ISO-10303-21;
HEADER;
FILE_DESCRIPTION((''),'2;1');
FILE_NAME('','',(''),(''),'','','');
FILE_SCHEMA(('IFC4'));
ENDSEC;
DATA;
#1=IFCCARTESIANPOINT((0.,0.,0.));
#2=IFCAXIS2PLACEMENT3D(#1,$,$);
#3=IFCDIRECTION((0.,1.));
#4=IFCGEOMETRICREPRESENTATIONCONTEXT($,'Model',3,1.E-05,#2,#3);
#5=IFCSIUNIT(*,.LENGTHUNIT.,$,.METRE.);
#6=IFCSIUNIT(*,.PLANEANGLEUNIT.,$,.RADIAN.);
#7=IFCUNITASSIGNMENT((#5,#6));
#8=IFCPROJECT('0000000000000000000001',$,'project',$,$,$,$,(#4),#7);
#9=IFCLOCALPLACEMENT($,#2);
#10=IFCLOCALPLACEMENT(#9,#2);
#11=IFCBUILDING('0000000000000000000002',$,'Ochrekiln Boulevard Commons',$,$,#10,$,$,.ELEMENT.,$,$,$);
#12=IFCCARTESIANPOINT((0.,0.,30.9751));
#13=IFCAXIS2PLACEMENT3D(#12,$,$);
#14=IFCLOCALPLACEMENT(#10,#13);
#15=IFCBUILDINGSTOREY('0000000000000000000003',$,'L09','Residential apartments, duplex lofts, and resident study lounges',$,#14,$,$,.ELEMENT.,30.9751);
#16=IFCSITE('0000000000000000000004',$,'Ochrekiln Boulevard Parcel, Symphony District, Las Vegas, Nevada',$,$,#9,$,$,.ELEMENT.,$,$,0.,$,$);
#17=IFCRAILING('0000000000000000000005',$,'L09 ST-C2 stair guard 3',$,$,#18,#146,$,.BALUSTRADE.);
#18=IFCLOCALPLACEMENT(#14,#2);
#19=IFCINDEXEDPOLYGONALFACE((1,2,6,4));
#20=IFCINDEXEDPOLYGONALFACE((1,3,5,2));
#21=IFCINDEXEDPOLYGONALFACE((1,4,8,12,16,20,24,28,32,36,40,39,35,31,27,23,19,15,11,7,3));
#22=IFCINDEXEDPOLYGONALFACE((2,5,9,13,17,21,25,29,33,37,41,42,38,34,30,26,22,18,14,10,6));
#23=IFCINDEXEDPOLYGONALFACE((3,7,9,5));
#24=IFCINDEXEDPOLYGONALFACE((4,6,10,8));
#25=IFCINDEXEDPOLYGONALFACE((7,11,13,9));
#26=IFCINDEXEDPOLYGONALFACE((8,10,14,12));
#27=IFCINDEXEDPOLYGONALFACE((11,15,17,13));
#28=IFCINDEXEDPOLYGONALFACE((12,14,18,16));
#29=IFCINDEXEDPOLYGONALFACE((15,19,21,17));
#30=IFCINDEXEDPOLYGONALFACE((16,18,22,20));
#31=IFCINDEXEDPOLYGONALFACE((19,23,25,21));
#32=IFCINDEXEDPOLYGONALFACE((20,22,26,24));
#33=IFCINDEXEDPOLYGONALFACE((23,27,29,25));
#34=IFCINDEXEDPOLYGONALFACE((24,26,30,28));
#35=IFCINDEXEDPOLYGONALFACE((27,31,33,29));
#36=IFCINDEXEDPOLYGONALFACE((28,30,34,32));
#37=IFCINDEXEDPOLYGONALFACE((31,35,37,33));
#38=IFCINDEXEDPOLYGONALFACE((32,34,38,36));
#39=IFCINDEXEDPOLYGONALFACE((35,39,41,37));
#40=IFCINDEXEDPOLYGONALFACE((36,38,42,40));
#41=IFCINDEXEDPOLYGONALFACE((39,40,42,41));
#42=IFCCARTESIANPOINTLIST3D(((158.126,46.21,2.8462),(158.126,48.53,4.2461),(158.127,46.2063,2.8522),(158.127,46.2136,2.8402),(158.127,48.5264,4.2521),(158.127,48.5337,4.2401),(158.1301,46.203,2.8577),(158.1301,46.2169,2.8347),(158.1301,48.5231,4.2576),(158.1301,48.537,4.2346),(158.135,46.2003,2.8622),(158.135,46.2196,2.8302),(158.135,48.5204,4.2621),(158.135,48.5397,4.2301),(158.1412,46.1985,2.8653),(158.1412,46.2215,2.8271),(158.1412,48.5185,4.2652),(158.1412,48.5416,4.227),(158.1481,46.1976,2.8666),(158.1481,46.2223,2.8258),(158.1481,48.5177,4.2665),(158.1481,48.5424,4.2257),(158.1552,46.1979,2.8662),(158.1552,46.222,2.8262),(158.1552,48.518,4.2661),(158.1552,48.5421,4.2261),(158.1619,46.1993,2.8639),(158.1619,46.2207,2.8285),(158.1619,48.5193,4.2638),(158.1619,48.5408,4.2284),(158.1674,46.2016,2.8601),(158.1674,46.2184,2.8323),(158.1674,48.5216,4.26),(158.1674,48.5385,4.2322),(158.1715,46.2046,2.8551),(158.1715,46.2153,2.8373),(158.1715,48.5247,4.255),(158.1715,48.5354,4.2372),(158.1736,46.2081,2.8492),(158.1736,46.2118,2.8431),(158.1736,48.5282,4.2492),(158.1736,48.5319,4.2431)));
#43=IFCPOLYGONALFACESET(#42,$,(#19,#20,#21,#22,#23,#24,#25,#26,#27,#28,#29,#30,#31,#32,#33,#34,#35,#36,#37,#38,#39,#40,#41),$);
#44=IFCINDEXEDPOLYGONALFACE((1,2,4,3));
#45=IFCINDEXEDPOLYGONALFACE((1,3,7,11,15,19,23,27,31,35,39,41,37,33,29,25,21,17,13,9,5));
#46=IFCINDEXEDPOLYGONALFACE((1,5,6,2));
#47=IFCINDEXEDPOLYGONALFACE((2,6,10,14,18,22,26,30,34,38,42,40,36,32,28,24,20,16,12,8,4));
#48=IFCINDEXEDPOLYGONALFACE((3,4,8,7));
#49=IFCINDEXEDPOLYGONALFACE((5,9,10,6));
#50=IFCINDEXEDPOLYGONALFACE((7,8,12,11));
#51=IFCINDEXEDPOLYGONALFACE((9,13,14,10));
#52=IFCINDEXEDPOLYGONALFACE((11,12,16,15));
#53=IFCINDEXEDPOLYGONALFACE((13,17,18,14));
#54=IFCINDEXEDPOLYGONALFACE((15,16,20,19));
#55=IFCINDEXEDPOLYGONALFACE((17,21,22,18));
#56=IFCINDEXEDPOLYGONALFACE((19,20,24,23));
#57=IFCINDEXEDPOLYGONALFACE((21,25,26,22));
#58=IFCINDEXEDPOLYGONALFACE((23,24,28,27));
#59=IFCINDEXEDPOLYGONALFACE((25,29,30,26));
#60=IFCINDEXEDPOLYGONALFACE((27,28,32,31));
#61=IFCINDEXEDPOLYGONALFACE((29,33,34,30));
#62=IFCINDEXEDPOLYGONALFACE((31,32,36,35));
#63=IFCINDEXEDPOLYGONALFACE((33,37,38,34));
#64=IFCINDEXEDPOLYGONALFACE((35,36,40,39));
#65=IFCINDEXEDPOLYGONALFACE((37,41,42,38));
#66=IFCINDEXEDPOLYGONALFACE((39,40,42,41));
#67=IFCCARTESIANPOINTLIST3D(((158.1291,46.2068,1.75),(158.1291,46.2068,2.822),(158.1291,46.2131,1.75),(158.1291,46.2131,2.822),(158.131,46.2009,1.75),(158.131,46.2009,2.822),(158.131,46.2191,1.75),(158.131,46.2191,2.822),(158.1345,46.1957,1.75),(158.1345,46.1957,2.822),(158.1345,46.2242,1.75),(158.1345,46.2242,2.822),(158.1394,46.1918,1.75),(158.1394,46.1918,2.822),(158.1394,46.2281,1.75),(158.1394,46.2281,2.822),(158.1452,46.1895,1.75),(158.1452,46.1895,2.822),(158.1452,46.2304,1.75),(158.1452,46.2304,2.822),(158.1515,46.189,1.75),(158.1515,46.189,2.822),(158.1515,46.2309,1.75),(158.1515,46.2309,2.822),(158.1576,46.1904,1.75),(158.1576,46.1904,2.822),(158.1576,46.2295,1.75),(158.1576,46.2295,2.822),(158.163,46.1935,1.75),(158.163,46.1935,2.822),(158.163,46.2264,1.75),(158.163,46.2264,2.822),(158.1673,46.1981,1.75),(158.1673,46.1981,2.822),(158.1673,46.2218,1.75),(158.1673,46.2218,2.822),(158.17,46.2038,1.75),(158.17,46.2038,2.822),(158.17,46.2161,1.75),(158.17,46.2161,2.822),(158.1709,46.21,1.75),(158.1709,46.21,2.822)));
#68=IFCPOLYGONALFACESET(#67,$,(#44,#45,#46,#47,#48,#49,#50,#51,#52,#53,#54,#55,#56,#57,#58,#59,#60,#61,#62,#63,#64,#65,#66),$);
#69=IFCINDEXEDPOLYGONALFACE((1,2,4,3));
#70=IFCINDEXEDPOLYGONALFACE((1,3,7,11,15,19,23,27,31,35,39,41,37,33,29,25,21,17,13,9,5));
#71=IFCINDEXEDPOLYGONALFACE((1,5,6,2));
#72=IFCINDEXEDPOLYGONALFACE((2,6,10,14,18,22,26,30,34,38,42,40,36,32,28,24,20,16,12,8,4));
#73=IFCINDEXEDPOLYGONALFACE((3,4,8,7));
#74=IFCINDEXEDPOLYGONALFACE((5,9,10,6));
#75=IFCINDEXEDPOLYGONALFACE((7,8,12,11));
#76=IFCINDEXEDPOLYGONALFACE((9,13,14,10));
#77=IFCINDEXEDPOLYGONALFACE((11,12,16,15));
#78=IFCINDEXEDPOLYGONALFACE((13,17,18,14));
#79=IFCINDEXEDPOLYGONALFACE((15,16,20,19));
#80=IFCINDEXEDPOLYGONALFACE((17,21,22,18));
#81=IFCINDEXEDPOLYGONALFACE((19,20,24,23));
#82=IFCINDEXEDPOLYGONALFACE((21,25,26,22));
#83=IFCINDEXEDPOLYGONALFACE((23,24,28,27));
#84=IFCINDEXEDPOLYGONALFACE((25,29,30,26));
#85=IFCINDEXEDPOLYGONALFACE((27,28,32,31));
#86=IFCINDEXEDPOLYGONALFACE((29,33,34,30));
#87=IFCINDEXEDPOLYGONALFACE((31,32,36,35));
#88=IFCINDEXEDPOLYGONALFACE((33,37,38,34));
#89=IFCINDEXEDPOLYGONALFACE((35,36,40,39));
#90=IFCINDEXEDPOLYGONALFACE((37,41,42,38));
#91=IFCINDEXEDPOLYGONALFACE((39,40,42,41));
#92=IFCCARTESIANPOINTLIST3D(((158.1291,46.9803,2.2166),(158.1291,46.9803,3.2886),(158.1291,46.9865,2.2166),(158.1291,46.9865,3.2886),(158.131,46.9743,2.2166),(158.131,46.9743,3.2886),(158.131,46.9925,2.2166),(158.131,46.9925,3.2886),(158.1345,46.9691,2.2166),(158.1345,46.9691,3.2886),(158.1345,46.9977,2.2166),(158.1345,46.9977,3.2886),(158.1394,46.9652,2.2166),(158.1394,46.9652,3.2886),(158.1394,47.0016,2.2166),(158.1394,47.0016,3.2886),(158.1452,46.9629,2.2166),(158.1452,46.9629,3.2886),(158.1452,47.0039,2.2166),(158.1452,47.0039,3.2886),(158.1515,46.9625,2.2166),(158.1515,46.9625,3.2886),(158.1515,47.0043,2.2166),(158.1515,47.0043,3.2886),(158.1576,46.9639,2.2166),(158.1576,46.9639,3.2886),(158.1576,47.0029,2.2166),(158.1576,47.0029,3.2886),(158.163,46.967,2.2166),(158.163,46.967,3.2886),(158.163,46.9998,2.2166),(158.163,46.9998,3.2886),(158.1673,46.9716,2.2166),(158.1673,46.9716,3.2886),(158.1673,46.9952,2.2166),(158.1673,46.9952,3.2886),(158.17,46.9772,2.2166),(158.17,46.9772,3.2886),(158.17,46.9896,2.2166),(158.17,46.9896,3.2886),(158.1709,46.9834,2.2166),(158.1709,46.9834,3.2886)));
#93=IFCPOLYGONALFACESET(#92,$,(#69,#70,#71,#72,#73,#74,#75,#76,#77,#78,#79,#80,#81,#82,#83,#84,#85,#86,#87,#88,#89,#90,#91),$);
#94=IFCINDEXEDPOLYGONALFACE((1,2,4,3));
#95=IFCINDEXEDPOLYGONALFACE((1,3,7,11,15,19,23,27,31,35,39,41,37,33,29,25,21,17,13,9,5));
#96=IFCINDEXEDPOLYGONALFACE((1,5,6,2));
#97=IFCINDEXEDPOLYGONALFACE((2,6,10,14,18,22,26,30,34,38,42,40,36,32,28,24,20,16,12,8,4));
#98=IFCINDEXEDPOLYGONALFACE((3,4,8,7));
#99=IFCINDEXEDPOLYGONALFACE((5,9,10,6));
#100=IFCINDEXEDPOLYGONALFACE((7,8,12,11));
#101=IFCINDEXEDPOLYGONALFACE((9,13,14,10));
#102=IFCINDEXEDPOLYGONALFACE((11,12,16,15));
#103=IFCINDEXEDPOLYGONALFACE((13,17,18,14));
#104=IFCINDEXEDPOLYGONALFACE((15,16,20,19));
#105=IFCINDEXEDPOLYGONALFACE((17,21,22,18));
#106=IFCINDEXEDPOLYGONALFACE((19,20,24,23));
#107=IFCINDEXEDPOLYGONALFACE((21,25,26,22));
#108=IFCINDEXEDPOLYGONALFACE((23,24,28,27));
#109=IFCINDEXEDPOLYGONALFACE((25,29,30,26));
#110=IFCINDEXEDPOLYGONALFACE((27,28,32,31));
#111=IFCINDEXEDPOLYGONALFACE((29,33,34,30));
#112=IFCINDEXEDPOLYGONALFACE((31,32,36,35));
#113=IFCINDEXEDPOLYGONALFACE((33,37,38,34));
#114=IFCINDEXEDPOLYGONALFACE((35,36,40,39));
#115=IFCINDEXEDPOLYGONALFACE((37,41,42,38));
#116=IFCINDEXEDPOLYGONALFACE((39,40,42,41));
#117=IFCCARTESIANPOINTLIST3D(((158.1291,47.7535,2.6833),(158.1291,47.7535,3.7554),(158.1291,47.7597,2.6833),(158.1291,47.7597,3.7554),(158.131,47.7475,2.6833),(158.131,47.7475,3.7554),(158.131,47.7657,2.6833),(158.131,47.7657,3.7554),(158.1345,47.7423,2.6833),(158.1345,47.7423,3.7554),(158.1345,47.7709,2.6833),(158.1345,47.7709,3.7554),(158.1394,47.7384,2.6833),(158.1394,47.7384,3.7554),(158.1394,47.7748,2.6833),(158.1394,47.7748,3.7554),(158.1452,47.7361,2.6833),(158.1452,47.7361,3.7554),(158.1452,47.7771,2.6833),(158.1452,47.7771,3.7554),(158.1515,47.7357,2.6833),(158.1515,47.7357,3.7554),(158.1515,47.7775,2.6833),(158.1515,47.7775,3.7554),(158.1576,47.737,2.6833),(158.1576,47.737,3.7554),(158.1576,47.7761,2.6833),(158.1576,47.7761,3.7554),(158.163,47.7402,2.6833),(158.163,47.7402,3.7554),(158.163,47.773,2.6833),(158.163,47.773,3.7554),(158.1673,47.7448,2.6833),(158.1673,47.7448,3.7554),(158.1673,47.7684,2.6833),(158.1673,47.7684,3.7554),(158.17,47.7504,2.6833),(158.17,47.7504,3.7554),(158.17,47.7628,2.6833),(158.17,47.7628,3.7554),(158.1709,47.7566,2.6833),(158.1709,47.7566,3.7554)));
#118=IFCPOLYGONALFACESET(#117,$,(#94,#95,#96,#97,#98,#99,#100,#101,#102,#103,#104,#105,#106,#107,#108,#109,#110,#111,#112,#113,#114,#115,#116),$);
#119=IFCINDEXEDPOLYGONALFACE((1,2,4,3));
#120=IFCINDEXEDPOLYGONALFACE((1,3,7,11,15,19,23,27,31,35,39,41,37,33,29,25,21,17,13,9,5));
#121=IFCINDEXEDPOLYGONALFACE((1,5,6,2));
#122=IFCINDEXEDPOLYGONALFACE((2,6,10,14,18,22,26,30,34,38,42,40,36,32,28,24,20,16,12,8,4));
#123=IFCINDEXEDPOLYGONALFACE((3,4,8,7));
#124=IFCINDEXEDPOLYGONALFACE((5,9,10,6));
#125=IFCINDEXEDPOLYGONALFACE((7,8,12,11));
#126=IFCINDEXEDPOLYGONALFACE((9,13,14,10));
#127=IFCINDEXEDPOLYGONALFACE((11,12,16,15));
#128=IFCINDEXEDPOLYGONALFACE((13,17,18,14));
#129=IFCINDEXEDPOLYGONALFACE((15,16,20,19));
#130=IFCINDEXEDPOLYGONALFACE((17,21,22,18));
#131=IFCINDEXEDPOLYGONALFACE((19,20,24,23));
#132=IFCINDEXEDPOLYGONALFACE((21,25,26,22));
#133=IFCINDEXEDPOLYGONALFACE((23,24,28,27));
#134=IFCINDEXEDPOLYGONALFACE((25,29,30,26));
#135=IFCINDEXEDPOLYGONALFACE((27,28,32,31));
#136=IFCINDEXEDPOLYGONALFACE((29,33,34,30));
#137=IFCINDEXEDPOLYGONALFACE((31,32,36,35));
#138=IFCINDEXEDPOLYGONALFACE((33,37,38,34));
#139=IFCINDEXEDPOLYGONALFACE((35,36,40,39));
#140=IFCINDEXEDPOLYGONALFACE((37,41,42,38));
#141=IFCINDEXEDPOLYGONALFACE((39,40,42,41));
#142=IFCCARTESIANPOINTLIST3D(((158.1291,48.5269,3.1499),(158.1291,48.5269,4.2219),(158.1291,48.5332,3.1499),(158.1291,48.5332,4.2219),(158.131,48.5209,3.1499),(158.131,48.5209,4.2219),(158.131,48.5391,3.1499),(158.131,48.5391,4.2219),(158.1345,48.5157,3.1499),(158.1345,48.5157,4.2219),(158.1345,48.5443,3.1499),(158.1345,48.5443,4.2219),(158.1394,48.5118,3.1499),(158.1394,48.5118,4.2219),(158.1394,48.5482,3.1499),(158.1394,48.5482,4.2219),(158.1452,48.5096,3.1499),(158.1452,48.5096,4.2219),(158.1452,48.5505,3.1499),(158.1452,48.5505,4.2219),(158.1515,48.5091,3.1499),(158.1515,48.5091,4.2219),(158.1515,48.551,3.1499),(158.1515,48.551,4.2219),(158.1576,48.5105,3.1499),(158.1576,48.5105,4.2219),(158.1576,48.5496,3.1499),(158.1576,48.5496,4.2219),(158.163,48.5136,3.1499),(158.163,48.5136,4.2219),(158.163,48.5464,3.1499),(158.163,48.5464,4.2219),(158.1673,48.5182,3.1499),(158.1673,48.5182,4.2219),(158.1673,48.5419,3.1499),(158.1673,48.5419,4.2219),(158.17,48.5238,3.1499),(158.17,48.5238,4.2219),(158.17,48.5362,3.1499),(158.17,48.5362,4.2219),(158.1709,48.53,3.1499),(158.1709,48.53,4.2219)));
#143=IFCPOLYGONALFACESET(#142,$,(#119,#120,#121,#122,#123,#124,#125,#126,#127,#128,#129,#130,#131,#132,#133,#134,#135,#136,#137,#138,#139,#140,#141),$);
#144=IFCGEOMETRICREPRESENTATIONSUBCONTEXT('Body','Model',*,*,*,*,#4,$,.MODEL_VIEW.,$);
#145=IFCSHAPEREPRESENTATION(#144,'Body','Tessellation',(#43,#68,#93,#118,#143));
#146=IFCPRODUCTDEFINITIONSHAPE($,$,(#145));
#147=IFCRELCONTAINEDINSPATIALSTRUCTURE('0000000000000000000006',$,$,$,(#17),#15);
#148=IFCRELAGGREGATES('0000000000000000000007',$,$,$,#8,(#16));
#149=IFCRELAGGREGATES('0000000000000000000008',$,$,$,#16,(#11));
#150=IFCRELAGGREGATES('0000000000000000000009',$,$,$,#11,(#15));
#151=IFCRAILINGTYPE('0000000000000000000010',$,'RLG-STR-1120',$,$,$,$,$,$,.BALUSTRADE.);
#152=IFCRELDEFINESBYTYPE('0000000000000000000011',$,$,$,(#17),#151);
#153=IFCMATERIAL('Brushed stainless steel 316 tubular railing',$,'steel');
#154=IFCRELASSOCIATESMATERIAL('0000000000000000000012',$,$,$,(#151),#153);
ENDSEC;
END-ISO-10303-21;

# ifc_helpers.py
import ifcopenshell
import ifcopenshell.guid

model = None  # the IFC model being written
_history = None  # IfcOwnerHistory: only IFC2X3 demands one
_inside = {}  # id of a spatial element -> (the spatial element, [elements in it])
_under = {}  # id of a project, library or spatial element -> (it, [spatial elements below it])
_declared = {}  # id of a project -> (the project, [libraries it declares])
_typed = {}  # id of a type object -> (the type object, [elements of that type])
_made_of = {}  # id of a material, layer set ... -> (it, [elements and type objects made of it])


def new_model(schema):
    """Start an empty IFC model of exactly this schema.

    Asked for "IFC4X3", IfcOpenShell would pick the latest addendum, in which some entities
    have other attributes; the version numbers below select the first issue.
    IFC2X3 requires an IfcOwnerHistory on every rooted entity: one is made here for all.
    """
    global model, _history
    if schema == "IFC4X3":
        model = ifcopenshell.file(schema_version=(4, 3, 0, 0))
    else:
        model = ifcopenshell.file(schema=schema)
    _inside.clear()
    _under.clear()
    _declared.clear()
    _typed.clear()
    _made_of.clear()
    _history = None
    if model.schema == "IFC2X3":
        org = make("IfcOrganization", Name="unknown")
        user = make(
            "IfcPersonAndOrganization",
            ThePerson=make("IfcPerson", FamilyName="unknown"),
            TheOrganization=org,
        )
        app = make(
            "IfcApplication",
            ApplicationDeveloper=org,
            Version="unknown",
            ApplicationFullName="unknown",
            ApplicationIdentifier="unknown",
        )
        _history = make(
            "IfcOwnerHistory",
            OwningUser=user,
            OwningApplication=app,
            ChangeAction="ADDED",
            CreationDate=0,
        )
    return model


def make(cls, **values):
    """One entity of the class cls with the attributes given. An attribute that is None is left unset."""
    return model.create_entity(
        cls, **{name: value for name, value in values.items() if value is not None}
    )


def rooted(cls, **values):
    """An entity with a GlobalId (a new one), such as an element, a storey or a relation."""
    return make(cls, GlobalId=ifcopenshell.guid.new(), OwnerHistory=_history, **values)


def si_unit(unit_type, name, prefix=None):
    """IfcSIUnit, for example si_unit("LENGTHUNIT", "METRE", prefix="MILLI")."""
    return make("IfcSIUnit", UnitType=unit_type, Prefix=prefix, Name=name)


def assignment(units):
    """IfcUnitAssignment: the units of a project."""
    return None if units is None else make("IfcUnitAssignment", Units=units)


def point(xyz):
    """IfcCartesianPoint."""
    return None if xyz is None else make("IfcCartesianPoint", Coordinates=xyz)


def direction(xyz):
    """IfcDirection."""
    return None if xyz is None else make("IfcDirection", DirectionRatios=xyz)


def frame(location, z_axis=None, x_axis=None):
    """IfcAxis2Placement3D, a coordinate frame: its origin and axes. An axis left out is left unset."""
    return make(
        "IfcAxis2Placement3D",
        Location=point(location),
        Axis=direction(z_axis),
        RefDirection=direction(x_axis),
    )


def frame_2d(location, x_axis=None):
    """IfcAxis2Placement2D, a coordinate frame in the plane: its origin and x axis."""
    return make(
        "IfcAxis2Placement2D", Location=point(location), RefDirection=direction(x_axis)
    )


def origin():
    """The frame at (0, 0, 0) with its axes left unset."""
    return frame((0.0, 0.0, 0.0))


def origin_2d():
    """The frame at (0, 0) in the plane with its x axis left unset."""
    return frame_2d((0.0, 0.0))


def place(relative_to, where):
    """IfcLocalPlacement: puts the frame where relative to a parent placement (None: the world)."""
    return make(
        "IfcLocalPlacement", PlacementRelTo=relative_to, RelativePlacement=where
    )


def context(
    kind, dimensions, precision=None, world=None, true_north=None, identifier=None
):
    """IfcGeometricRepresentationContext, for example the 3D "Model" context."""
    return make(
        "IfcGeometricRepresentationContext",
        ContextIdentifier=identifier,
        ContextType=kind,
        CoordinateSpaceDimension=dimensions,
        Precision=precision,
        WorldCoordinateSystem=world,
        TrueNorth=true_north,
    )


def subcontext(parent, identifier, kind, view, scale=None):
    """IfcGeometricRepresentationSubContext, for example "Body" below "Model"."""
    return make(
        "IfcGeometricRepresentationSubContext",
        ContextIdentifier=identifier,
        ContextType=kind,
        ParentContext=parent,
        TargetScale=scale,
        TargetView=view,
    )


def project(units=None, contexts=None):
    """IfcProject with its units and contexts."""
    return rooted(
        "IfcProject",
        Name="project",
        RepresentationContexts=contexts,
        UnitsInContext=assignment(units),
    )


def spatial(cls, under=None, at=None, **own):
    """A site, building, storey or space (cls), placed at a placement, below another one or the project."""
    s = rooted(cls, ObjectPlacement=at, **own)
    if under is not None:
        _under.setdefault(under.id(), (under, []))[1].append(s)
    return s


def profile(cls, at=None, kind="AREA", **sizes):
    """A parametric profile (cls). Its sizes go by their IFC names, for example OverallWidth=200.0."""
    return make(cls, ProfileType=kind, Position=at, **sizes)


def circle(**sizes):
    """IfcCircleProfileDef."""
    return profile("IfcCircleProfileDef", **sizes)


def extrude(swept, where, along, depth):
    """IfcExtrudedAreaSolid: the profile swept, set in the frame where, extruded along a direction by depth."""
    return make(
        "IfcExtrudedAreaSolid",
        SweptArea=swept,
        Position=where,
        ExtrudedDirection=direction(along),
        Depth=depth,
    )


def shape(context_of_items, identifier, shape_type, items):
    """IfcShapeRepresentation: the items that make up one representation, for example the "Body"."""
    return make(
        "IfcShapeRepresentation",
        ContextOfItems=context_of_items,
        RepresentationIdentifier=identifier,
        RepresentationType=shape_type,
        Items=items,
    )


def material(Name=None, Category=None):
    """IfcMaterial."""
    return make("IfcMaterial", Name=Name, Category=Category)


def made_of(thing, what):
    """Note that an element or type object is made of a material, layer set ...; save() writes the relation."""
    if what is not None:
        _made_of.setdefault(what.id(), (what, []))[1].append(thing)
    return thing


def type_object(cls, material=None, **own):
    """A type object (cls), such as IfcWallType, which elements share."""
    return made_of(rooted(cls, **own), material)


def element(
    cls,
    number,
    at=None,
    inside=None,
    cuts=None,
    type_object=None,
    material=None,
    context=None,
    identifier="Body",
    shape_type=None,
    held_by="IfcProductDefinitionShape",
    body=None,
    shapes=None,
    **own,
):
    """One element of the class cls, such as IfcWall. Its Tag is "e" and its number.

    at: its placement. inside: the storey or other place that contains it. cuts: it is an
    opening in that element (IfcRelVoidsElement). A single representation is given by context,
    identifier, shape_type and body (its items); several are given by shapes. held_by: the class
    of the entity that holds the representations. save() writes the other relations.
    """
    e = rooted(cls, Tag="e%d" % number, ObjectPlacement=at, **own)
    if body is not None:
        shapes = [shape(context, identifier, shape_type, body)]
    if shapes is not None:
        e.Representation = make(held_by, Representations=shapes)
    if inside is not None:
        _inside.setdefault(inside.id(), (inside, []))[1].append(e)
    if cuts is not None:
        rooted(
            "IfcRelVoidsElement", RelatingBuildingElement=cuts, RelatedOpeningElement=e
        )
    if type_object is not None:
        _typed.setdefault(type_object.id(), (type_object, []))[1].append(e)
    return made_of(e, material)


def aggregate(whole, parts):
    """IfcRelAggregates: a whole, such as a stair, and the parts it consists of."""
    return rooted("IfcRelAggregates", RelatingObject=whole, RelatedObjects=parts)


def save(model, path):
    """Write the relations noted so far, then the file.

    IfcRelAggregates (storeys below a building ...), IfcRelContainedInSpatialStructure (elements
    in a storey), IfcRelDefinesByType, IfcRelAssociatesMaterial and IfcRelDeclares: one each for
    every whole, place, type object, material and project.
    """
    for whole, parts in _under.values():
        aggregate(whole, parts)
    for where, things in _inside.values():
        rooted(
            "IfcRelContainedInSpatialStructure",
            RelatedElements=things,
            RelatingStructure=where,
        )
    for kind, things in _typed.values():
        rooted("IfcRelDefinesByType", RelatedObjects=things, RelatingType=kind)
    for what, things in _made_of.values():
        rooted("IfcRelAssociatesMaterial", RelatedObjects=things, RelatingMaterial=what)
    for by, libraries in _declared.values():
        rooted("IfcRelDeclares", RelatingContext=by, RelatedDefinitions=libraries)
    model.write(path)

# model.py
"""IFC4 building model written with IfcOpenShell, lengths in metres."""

from ifc_helpers import new_model, si_unit, direction, frame, origin, origin_2d, place, context, subcontext, project, spatial, circle, extrude, material, type_object, element, save


model = new_model("IFC4")

# Units and contexts
model_context = context("Model", 3, precision=1e-05, world=origin(), true_north=direction((0.0, 1.0)))
body_context = subcontext(model_context, "Body", "Model", "MODEL_VIEW")
ifc_project = project(units=[si_unit("LENGTHUNIT", "METRE"), si_unit("PLANEANGLEUNIT", "RADIAN")], contexts=[model_context])

# Site, building, storey
site_placement = place(None, origin())
site = spatial("IfcSite", under=ifc_project, at=site_placement, Name="Ochrekiln Boulevard Parcel, Symphony District, Las Vegas, Nevada", CompositionType="ELEMENT", RefElevation=0.0)
building_placement = place(site_placement, origin())
building = spatial("IfcBuilding", under=site, at=building_placement, Name="Ochrekiln Boulevard Commons", CompositionType="ELEMENT")
storey_placement = place(building_placement, frame((0.0, 0.0, 30.9751)))
storey = spatial("IfcBuildingStorey", under=building, at=storey_placement, Name="L09", Description="Residential apartments, duplex lofts, and resident study lounges", CompositionType="ELEMENT", Elevation=30.9751)

# Railing
ifc_material_1 = material(Name="Brushed stainless steel 316 tubular railing", Category="steel")
railing_type_1 = type_object("IfcRailingType", Name="RLG-STR-1120", PredefinedType="BALUSTRADE", material=ifc_material_1)
railing_1_placement = place(storey_placement, frame((158.1499, 46.21, 1.75)))
element("IfcRailing", 1, at=railing_1_placement, inside=storey, type_object=railing_type_1, Name="L09 ST-C2 stair guard 3", PredefinedType="BALUSTRADE", context=body_context, shape_type="SweptSolid", body=[
    extrude(circle(Radius=0.0239, at=origin_2d()), frame((0.0, 0.0, 1.0962), z_axis=(0.0, 0.85621, 0.516627), x_axis=(-1.0, 0.0, 0.0)), (0.0, 0.0, 1.0), 2.7097),
    extrude(circle(Radius=0.021, at=origin_2d()), origin(), (0.0, 0.0, 1.0), 1.072),
    extrude(circle(Radius=0.021, at=origin_2d()), frame((0.0, 0.7734, 0.4666)), (0.0, 0.0, 1.0), 1.072),
    extrude(circle(Radius=0.021, at=origin_2d()), frame((0.0, 1.5466, 0.9333)), (0.0, 0.0, 1.0), 1.072),
    extrude(circle(Radius=0.021, at=origin_2d()), frame((0.0, 2.3201, 1.3999)), (0.0, 0.0, 1.0), 1.072),
])

save(model, "model.ifc")
